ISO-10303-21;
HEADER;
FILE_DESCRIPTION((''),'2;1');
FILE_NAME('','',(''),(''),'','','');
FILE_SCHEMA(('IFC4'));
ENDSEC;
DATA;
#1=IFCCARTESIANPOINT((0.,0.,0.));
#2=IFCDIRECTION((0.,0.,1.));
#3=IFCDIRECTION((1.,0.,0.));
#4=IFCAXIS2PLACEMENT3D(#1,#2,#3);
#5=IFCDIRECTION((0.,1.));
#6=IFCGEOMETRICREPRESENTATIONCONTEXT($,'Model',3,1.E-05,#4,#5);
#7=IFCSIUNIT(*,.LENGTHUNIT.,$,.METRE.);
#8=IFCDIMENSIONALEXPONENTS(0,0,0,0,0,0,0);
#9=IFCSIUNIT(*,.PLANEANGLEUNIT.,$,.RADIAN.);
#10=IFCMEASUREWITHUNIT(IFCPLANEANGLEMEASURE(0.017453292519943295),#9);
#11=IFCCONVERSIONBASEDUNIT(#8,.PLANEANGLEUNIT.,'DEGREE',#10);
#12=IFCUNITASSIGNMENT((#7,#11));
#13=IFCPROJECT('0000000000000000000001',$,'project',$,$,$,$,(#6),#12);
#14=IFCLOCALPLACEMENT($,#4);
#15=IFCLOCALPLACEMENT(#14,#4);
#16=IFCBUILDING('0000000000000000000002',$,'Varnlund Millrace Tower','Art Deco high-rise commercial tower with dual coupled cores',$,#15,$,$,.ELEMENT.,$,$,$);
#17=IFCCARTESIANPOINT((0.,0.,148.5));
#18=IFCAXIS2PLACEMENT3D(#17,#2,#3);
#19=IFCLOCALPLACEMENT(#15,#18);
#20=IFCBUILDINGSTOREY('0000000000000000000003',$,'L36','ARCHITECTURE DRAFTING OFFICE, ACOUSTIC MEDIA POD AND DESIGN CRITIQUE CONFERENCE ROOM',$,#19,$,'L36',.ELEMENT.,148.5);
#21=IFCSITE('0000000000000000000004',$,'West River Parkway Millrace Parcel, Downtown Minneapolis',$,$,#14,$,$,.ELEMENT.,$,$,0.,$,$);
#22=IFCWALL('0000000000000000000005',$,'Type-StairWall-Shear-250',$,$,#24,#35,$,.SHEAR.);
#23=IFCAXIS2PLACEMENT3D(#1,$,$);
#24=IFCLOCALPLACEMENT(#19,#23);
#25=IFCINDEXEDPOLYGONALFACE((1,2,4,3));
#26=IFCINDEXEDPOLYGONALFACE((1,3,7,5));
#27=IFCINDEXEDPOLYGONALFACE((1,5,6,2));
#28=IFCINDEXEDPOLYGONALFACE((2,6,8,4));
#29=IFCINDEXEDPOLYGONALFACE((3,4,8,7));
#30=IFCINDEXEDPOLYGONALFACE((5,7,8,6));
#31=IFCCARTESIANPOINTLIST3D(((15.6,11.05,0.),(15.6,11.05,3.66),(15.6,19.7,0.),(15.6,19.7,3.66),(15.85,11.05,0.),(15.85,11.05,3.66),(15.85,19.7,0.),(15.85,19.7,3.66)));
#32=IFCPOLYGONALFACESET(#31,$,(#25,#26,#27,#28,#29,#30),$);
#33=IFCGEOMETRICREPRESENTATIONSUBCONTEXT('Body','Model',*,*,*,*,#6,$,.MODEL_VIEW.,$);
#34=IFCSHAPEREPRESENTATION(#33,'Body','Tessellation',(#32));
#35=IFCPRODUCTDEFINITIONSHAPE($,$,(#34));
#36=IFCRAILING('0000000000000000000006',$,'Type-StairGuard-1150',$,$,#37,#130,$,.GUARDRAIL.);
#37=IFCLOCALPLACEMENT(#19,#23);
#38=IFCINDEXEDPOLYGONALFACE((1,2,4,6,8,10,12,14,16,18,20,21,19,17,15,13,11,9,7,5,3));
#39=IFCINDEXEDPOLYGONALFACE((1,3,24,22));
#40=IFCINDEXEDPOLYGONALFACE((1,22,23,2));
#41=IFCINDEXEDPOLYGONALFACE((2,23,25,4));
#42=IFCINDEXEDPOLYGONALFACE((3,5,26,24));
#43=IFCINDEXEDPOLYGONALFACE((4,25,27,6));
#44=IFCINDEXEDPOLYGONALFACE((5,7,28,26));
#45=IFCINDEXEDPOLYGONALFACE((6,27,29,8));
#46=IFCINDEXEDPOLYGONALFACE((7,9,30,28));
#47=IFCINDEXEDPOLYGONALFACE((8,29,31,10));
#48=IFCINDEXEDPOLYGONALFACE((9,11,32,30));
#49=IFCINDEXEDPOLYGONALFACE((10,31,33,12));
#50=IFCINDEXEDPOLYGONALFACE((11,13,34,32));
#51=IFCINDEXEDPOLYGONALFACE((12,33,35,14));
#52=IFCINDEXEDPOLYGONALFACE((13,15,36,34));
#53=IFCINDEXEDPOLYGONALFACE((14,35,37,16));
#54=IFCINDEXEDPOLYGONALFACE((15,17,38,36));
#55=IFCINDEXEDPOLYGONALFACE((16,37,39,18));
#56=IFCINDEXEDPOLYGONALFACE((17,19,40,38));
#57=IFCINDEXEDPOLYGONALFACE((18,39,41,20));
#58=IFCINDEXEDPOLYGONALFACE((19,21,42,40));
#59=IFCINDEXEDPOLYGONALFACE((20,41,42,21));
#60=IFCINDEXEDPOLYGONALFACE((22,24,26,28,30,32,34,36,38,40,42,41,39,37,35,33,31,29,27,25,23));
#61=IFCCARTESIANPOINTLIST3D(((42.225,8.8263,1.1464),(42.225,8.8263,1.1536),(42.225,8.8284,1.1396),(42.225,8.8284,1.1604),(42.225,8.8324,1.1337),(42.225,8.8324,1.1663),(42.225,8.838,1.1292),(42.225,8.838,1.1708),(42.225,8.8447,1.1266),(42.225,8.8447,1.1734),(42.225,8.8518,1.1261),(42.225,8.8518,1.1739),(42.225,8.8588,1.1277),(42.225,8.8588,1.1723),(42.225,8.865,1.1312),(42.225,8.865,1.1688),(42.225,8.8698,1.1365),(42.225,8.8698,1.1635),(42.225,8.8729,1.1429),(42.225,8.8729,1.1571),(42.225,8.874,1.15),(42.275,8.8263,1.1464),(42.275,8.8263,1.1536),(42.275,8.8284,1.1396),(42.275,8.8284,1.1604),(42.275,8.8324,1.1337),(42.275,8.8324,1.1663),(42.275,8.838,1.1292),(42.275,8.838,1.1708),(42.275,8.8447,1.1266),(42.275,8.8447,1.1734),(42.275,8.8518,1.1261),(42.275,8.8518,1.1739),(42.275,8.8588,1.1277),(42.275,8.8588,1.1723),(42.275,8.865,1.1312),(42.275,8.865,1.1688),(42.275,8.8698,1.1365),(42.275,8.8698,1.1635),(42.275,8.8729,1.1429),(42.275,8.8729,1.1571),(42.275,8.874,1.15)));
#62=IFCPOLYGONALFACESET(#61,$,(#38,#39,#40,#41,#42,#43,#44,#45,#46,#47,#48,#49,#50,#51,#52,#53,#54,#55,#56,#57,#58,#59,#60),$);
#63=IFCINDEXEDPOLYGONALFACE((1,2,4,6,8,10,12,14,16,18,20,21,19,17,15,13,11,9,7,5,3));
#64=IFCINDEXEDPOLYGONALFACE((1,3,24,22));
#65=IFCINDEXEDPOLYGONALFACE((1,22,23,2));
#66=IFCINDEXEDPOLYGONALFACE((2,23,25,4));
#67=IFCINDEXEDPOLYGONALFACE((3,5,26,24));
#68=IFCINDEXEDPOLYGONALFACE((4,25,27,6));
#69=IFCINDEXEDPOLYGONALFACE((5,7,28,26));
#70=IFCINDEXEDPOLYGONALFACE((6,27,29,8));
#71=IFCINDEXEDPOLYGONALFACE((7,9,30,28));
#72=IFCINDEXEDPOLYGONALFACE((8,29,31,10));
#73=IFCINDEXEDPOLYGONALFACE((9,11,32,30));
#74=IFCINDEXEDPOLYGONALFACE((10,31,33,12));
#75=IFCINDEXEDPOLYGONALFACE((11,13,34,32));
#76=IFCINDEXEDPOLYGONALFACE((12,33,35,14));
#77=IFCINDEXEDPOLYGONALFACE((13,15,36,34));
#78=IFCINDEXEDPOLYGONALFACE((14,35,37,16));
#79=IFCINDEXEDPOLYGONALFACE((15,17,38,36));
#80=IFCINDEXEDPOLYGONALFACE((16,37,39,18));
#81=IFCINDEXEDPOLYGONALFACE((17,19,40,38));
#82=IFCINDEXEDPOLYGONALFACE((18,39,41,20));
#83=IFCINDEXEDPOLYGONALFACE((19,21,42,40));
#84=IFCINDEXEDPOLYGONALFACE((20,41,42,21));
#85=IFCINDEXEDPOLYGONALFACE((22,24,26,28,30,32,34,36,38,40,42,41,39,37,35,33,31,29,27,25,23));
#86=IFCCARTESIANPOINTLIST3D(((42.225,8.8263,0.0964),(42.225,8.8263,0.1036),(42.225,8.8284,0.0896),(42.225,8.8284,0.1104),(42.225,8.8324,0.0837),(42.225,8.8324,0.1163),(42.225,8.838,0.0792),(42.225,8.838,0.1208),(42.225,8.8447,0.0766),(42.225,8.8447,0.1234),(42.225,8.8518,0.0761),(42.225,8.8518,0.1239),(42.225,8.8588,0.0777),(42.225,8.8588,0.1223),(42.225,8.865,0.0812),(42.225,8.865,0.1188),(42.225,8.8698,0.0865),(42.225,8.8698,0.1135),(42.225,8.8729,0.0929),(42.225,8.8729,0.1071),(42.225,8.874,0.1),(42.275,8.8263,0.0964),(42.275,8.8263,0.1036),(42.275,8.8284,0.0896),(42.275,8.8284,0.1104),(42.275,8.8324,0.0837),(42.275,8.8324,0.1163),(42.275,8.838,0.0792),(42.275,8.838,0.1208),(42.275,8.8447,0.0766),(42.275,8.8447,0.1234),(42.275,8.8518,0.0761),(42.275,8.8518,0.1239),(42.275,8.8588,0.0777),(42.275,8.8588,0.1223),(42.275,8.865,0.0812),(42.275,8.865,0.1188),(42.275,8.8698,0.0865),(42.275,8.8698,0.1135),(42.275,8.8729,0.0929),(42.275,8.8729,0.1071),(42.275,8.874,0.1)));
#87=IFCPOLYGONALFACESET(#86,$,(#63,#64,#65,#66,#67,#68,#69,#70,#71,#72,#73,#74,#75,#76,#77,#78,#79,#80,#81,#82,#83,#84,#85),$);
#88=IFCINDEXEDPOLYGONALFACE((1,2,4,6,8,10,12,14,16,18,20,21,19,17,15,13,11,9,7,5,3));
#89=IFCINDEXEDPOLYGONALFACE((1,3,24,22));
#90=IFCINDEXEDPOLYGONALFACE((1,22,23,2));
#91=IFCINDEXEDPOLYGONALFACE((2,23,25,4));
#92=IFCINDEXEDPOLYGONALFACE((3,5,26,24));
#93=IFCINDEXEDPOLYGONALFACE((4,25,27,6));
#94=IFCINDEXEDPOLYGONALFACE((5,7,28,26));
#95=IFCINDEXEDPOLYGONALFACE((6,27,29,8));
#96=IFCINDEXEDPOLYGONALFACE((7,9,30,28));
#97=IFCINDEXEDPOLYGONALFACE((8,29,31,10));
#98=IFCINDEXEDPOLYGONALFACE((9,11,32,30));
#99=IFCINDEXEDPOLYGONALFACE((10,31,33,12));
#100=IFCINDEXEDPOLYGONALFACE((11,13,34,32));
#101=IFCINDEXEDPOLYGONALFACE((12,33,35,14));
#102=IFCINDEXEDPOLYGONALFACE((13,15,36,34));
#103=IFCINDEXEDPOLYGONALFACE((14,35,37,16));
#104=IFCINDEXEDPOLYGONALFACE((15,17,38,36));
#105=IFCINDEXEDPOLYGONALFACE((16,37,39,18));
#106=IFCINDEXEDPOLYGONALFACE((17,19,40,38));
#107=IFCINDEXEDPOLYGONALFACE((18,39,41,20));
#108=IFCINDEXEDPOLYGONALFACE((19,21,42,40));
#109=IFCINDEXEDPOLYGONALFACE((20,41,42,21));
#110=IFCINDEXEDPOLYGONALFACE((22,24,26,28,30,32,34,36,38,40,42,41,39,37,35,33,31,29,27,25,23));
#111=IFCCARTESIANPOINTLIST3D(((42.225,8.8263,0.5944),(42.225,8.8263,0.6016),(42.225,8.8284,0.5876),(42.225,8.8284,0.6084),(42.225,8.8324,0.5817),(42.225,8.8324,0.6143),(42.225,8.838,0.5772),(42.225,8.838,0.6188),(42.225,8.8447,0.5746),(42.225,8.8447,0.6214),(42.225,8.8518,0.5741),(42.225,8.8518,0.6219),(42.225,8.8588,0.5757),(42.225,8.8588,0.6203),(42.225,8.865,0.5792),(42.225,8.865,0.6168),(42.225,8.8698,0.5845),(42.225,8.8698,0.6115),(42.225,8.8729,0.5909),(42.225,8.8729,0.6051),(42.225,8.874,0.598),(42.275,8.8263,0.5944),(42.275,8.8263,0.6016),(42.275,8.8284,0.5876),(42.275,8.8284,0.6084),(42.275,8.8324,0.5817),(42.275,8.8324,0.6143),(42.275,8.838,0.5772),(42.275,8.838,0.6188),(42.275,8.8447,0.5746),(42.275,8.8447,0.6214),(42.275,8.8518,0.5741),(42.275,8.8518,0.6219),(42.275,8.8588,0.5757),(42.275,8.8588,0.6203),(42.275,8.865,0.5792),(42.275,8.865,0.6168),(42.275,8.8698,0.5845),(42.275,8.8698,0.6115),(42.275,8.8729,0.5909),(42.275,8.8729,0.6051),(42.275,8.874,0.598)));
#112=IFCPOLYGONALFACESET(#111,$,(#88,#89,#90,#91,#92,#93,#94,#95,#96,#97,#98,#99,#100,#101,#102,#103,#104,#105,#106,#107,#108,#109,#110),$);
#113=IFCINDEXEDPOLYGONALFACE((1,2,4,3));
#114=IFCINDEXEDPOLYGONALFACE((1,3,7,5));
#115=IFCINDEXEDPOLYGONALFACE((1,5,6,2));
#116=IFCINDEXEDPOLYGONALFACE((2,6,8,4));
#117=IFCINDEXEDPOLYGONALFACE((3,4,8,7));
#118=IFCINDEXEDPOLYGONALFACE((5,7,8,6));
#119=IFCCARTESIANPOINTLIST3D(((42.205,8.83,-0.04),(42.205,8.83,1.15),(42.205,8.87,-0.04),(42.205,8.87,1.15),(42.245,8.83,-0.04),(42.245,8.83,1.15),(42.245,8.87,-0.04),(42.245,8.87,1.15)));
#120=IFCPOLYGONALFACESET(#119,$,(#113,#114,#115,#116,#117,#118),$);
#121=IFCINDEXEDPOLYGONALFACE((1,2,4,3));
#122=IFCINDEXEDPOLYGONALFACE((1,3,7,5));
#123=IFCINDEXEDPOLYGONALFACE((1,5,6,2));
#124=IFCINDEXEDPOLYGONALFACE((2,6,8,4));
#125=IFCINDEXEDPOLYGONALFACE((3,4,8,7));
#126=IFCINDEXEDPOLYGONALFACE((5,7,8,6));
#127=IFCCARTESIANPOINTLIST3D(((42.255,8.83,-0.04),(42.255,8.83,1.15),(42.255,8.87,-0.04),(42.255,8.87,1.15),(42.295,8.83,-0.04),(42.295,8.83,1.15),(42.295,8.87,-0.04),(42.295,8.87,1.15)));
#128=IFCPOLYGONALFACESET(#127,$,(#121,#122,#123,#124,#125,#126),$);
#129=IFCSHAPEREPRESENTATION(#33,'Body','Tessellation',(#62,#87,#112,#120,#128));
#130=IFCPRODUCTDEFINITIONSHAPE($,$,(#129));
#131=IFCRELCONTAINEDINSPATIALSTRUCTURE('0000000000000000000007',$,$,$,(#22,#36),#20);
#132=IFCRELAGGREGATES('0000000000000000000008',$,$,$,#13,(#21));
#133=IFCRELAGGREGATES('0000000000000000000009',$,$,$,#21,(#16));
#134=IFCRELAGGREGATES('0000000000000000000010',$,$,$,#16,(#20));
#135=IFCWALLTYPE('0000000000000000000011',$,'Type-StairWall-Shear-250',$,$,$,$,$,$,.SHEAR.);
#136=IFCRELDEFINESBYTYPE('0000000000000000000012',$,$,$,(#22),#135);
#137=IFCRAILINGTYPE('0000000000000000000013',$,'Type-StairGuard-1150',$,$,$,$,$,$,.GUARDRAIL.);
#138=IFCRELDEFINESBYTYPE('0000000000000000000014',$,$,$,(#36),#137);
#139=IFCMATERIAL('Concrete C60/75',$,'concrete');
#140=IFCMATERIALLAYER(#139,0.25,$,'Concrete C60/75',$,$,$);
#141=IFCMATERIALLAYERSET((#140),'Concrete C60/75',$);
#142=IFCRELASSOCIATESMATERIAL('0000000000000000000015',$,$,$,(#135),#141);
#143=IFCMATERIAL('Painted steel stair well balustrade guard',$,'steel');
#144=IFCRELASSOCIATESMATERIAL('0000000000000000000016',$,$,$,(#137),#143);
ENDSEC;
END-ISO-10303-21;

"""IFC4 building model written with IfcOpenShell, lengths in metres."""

from ifc_helpers import new_model, entity, si_unit, converted_unit, direction, frame, origin_with_axes, origin_2d_with_axis, place, context, subcontext, project, spatial, polyline, rectangle, circle, outline, extrude, material, layer, layer_set, type_object, element, save


model = new_model("IFC4")

# Units and contexts
model_context = context("Model", 3, precision=1e-05, world=origin_with_axes(), true_north=direction((0.0, 1.0)))
body_context = subcontext(model_context, "Body", "Model", "MODEL_VIEW")
ifc_project = project(units=[si_unit("LENGTHUNIT", "METRE"), converted_unit("PLANEANGLEUNIT", "DEGREE", entity("IfcPlaneAngleMeasure", 0.017453292519943295), si_unit("PLANEANGLEUNIT", "RADIAN"), dimensions=[0, 0, 0, 0, 0, 0, 0])], contexts=[model_context])

# Site, building, storey
site_placement = place(None, origin_with_axes())
site = spatial("IfcSite", under=ifc_project, at=site_placement, Name="West River Parkway Millrace Parcel, Downtown Minneapolis", CompositionType="ELEMENT", RefElevation=0.0)
building_placement = place(site_placement, origin_with_axes())
building = spatial("IfcBuilding", under=site, at=building_placement, Name="Varnlund Millrace Tower", Description="Art Deco high-rise commercial tower with dual coupled cores", CompositionType="ELEMENT")
storey_placement = place(building_placement, frame((0.0, 0.0, 148.5), z_axis=(0.0, 0.0, 1.0), x_axis=(1.0, 0.0, 0.0)))
storey = spatial("IfcBuildingStorey", under=building, at=storey_placement, Name="L36", Description="ARCHITECTURE DRAFTING OFFICE, ACOUSTIC MEDIA POD AND DESIGN CRITIQUE CONFERENCE ROOM", LongName="L36", CompositionType="ELEMENT", Elevation=148.5)

# Shared definitions
ifc_material_1 = material(Name="Concrete C60/75", Category="concrete")

# Wall
ifc_layer_1 = layer(ifc_material_1, 0.25, Name="Concrete C60/75")
ifc_layer_set_1 = layer_set([ifc_layer_1], Name="Concrete C60/75")
wall_type_1 = type_object("IfcWallType", Name="Type-StairWall-Shear-250", PredefinedType="SHEAR", material=ifc_layer_set_1)
wall_1_placement = place(storey_placement, frame((15.725, 11.05, 0.0), z_axis=(0.0, 0.0, 1.0), x_axis=(0.0, 1.0, 0.0)))
element("IfcWall", 1, at=wall_1_placement, inside=storey, type_object=wall_type_1, Name="Type-StairWall-Shear-250", PredefinedType="SHEAR", context=body_context, shape_type="SweptSolid", body=[
    extrude(outline(polyline([(0.0, -0.125), (8.65, -0.125), (8.65, 0.125), (0.0, 0.125), (0.0, -0.125)])), origin_with_axes(), (0.0, 0.0, 1.0), 3.66),
])

# Railing
ifc_material_2 = material(Name="Painted steel stair well balustrade guard", Category="steel")
railing_type_1 = type_object("IfcRailingType", Name="Type-StairGuard-1150", PredefinedType="GUARDRAIL", material=ifc_material_2)
railing_1_placement = place(storey_placement, frame((0.0, 0.0, -148.5), z_axis=(0.0, 0.0, 1.0), x_axis=(1.0, 0.0, 0.0)))
element("IfcRailing", 2, at=railing_1_placement, inside=storey, type_object=railing_type_1, Name="Type-StairGuard-1150", PredefinedType="GUARDRAIL", context=body_context, shape_type="SweptSolid", body=[
    extrude(circle(Radius=0.024, at=origin_2d_with_axis()), frame((42.225, 8.85, 149.65), z_axis=(1.0, 0.0, 0.0), x_axis=(0.0, 1.0, 0.0)), (0.0, 0.0, 1.0), 0.05),
    extrude(circle(Radius=0.024, at=origin_2d_with_axis()), frame((42.225, 8.85, 148.6), z_axis=(1.0, 0.0, 0.0), x_axis=(0.0, 1.0, 0.0)), (0.0, 0.0, 1.0), 0.05),
    extrude(circle(Radius=0.024, at=origin_2d_with_axis()), frame((42.225, 8.85, 149.098), z_axis=(1.0, 0.0, 0.0), x_axis=(0.0, 1.0, 0.0)), (0.0, 0.0, 1.0), 0.05),
    extrude(rectangle(XDim=0.04, YDim=0.04, at=origin_2d_with_axis()), frame((42.225, 8.85, 148.46), z_axis=(0.0, 0.0, 1.0), x_axis=(1.0, 0.0, 0.0)), (0.0, 0.0, 1.0), 1.19),
    extrude(rectangle(XDim=0.04, YDim=0.04, at=origin_2d_with_axis()), frame((42.275, 8.85, 148.46), z_axis=(0.0, 0.0, 1.0), x_axis=(1.0, 0.0, 0.0)), (0.0, 0.0, 1.0), 1.19),
])

save(model, "model.ifc")
